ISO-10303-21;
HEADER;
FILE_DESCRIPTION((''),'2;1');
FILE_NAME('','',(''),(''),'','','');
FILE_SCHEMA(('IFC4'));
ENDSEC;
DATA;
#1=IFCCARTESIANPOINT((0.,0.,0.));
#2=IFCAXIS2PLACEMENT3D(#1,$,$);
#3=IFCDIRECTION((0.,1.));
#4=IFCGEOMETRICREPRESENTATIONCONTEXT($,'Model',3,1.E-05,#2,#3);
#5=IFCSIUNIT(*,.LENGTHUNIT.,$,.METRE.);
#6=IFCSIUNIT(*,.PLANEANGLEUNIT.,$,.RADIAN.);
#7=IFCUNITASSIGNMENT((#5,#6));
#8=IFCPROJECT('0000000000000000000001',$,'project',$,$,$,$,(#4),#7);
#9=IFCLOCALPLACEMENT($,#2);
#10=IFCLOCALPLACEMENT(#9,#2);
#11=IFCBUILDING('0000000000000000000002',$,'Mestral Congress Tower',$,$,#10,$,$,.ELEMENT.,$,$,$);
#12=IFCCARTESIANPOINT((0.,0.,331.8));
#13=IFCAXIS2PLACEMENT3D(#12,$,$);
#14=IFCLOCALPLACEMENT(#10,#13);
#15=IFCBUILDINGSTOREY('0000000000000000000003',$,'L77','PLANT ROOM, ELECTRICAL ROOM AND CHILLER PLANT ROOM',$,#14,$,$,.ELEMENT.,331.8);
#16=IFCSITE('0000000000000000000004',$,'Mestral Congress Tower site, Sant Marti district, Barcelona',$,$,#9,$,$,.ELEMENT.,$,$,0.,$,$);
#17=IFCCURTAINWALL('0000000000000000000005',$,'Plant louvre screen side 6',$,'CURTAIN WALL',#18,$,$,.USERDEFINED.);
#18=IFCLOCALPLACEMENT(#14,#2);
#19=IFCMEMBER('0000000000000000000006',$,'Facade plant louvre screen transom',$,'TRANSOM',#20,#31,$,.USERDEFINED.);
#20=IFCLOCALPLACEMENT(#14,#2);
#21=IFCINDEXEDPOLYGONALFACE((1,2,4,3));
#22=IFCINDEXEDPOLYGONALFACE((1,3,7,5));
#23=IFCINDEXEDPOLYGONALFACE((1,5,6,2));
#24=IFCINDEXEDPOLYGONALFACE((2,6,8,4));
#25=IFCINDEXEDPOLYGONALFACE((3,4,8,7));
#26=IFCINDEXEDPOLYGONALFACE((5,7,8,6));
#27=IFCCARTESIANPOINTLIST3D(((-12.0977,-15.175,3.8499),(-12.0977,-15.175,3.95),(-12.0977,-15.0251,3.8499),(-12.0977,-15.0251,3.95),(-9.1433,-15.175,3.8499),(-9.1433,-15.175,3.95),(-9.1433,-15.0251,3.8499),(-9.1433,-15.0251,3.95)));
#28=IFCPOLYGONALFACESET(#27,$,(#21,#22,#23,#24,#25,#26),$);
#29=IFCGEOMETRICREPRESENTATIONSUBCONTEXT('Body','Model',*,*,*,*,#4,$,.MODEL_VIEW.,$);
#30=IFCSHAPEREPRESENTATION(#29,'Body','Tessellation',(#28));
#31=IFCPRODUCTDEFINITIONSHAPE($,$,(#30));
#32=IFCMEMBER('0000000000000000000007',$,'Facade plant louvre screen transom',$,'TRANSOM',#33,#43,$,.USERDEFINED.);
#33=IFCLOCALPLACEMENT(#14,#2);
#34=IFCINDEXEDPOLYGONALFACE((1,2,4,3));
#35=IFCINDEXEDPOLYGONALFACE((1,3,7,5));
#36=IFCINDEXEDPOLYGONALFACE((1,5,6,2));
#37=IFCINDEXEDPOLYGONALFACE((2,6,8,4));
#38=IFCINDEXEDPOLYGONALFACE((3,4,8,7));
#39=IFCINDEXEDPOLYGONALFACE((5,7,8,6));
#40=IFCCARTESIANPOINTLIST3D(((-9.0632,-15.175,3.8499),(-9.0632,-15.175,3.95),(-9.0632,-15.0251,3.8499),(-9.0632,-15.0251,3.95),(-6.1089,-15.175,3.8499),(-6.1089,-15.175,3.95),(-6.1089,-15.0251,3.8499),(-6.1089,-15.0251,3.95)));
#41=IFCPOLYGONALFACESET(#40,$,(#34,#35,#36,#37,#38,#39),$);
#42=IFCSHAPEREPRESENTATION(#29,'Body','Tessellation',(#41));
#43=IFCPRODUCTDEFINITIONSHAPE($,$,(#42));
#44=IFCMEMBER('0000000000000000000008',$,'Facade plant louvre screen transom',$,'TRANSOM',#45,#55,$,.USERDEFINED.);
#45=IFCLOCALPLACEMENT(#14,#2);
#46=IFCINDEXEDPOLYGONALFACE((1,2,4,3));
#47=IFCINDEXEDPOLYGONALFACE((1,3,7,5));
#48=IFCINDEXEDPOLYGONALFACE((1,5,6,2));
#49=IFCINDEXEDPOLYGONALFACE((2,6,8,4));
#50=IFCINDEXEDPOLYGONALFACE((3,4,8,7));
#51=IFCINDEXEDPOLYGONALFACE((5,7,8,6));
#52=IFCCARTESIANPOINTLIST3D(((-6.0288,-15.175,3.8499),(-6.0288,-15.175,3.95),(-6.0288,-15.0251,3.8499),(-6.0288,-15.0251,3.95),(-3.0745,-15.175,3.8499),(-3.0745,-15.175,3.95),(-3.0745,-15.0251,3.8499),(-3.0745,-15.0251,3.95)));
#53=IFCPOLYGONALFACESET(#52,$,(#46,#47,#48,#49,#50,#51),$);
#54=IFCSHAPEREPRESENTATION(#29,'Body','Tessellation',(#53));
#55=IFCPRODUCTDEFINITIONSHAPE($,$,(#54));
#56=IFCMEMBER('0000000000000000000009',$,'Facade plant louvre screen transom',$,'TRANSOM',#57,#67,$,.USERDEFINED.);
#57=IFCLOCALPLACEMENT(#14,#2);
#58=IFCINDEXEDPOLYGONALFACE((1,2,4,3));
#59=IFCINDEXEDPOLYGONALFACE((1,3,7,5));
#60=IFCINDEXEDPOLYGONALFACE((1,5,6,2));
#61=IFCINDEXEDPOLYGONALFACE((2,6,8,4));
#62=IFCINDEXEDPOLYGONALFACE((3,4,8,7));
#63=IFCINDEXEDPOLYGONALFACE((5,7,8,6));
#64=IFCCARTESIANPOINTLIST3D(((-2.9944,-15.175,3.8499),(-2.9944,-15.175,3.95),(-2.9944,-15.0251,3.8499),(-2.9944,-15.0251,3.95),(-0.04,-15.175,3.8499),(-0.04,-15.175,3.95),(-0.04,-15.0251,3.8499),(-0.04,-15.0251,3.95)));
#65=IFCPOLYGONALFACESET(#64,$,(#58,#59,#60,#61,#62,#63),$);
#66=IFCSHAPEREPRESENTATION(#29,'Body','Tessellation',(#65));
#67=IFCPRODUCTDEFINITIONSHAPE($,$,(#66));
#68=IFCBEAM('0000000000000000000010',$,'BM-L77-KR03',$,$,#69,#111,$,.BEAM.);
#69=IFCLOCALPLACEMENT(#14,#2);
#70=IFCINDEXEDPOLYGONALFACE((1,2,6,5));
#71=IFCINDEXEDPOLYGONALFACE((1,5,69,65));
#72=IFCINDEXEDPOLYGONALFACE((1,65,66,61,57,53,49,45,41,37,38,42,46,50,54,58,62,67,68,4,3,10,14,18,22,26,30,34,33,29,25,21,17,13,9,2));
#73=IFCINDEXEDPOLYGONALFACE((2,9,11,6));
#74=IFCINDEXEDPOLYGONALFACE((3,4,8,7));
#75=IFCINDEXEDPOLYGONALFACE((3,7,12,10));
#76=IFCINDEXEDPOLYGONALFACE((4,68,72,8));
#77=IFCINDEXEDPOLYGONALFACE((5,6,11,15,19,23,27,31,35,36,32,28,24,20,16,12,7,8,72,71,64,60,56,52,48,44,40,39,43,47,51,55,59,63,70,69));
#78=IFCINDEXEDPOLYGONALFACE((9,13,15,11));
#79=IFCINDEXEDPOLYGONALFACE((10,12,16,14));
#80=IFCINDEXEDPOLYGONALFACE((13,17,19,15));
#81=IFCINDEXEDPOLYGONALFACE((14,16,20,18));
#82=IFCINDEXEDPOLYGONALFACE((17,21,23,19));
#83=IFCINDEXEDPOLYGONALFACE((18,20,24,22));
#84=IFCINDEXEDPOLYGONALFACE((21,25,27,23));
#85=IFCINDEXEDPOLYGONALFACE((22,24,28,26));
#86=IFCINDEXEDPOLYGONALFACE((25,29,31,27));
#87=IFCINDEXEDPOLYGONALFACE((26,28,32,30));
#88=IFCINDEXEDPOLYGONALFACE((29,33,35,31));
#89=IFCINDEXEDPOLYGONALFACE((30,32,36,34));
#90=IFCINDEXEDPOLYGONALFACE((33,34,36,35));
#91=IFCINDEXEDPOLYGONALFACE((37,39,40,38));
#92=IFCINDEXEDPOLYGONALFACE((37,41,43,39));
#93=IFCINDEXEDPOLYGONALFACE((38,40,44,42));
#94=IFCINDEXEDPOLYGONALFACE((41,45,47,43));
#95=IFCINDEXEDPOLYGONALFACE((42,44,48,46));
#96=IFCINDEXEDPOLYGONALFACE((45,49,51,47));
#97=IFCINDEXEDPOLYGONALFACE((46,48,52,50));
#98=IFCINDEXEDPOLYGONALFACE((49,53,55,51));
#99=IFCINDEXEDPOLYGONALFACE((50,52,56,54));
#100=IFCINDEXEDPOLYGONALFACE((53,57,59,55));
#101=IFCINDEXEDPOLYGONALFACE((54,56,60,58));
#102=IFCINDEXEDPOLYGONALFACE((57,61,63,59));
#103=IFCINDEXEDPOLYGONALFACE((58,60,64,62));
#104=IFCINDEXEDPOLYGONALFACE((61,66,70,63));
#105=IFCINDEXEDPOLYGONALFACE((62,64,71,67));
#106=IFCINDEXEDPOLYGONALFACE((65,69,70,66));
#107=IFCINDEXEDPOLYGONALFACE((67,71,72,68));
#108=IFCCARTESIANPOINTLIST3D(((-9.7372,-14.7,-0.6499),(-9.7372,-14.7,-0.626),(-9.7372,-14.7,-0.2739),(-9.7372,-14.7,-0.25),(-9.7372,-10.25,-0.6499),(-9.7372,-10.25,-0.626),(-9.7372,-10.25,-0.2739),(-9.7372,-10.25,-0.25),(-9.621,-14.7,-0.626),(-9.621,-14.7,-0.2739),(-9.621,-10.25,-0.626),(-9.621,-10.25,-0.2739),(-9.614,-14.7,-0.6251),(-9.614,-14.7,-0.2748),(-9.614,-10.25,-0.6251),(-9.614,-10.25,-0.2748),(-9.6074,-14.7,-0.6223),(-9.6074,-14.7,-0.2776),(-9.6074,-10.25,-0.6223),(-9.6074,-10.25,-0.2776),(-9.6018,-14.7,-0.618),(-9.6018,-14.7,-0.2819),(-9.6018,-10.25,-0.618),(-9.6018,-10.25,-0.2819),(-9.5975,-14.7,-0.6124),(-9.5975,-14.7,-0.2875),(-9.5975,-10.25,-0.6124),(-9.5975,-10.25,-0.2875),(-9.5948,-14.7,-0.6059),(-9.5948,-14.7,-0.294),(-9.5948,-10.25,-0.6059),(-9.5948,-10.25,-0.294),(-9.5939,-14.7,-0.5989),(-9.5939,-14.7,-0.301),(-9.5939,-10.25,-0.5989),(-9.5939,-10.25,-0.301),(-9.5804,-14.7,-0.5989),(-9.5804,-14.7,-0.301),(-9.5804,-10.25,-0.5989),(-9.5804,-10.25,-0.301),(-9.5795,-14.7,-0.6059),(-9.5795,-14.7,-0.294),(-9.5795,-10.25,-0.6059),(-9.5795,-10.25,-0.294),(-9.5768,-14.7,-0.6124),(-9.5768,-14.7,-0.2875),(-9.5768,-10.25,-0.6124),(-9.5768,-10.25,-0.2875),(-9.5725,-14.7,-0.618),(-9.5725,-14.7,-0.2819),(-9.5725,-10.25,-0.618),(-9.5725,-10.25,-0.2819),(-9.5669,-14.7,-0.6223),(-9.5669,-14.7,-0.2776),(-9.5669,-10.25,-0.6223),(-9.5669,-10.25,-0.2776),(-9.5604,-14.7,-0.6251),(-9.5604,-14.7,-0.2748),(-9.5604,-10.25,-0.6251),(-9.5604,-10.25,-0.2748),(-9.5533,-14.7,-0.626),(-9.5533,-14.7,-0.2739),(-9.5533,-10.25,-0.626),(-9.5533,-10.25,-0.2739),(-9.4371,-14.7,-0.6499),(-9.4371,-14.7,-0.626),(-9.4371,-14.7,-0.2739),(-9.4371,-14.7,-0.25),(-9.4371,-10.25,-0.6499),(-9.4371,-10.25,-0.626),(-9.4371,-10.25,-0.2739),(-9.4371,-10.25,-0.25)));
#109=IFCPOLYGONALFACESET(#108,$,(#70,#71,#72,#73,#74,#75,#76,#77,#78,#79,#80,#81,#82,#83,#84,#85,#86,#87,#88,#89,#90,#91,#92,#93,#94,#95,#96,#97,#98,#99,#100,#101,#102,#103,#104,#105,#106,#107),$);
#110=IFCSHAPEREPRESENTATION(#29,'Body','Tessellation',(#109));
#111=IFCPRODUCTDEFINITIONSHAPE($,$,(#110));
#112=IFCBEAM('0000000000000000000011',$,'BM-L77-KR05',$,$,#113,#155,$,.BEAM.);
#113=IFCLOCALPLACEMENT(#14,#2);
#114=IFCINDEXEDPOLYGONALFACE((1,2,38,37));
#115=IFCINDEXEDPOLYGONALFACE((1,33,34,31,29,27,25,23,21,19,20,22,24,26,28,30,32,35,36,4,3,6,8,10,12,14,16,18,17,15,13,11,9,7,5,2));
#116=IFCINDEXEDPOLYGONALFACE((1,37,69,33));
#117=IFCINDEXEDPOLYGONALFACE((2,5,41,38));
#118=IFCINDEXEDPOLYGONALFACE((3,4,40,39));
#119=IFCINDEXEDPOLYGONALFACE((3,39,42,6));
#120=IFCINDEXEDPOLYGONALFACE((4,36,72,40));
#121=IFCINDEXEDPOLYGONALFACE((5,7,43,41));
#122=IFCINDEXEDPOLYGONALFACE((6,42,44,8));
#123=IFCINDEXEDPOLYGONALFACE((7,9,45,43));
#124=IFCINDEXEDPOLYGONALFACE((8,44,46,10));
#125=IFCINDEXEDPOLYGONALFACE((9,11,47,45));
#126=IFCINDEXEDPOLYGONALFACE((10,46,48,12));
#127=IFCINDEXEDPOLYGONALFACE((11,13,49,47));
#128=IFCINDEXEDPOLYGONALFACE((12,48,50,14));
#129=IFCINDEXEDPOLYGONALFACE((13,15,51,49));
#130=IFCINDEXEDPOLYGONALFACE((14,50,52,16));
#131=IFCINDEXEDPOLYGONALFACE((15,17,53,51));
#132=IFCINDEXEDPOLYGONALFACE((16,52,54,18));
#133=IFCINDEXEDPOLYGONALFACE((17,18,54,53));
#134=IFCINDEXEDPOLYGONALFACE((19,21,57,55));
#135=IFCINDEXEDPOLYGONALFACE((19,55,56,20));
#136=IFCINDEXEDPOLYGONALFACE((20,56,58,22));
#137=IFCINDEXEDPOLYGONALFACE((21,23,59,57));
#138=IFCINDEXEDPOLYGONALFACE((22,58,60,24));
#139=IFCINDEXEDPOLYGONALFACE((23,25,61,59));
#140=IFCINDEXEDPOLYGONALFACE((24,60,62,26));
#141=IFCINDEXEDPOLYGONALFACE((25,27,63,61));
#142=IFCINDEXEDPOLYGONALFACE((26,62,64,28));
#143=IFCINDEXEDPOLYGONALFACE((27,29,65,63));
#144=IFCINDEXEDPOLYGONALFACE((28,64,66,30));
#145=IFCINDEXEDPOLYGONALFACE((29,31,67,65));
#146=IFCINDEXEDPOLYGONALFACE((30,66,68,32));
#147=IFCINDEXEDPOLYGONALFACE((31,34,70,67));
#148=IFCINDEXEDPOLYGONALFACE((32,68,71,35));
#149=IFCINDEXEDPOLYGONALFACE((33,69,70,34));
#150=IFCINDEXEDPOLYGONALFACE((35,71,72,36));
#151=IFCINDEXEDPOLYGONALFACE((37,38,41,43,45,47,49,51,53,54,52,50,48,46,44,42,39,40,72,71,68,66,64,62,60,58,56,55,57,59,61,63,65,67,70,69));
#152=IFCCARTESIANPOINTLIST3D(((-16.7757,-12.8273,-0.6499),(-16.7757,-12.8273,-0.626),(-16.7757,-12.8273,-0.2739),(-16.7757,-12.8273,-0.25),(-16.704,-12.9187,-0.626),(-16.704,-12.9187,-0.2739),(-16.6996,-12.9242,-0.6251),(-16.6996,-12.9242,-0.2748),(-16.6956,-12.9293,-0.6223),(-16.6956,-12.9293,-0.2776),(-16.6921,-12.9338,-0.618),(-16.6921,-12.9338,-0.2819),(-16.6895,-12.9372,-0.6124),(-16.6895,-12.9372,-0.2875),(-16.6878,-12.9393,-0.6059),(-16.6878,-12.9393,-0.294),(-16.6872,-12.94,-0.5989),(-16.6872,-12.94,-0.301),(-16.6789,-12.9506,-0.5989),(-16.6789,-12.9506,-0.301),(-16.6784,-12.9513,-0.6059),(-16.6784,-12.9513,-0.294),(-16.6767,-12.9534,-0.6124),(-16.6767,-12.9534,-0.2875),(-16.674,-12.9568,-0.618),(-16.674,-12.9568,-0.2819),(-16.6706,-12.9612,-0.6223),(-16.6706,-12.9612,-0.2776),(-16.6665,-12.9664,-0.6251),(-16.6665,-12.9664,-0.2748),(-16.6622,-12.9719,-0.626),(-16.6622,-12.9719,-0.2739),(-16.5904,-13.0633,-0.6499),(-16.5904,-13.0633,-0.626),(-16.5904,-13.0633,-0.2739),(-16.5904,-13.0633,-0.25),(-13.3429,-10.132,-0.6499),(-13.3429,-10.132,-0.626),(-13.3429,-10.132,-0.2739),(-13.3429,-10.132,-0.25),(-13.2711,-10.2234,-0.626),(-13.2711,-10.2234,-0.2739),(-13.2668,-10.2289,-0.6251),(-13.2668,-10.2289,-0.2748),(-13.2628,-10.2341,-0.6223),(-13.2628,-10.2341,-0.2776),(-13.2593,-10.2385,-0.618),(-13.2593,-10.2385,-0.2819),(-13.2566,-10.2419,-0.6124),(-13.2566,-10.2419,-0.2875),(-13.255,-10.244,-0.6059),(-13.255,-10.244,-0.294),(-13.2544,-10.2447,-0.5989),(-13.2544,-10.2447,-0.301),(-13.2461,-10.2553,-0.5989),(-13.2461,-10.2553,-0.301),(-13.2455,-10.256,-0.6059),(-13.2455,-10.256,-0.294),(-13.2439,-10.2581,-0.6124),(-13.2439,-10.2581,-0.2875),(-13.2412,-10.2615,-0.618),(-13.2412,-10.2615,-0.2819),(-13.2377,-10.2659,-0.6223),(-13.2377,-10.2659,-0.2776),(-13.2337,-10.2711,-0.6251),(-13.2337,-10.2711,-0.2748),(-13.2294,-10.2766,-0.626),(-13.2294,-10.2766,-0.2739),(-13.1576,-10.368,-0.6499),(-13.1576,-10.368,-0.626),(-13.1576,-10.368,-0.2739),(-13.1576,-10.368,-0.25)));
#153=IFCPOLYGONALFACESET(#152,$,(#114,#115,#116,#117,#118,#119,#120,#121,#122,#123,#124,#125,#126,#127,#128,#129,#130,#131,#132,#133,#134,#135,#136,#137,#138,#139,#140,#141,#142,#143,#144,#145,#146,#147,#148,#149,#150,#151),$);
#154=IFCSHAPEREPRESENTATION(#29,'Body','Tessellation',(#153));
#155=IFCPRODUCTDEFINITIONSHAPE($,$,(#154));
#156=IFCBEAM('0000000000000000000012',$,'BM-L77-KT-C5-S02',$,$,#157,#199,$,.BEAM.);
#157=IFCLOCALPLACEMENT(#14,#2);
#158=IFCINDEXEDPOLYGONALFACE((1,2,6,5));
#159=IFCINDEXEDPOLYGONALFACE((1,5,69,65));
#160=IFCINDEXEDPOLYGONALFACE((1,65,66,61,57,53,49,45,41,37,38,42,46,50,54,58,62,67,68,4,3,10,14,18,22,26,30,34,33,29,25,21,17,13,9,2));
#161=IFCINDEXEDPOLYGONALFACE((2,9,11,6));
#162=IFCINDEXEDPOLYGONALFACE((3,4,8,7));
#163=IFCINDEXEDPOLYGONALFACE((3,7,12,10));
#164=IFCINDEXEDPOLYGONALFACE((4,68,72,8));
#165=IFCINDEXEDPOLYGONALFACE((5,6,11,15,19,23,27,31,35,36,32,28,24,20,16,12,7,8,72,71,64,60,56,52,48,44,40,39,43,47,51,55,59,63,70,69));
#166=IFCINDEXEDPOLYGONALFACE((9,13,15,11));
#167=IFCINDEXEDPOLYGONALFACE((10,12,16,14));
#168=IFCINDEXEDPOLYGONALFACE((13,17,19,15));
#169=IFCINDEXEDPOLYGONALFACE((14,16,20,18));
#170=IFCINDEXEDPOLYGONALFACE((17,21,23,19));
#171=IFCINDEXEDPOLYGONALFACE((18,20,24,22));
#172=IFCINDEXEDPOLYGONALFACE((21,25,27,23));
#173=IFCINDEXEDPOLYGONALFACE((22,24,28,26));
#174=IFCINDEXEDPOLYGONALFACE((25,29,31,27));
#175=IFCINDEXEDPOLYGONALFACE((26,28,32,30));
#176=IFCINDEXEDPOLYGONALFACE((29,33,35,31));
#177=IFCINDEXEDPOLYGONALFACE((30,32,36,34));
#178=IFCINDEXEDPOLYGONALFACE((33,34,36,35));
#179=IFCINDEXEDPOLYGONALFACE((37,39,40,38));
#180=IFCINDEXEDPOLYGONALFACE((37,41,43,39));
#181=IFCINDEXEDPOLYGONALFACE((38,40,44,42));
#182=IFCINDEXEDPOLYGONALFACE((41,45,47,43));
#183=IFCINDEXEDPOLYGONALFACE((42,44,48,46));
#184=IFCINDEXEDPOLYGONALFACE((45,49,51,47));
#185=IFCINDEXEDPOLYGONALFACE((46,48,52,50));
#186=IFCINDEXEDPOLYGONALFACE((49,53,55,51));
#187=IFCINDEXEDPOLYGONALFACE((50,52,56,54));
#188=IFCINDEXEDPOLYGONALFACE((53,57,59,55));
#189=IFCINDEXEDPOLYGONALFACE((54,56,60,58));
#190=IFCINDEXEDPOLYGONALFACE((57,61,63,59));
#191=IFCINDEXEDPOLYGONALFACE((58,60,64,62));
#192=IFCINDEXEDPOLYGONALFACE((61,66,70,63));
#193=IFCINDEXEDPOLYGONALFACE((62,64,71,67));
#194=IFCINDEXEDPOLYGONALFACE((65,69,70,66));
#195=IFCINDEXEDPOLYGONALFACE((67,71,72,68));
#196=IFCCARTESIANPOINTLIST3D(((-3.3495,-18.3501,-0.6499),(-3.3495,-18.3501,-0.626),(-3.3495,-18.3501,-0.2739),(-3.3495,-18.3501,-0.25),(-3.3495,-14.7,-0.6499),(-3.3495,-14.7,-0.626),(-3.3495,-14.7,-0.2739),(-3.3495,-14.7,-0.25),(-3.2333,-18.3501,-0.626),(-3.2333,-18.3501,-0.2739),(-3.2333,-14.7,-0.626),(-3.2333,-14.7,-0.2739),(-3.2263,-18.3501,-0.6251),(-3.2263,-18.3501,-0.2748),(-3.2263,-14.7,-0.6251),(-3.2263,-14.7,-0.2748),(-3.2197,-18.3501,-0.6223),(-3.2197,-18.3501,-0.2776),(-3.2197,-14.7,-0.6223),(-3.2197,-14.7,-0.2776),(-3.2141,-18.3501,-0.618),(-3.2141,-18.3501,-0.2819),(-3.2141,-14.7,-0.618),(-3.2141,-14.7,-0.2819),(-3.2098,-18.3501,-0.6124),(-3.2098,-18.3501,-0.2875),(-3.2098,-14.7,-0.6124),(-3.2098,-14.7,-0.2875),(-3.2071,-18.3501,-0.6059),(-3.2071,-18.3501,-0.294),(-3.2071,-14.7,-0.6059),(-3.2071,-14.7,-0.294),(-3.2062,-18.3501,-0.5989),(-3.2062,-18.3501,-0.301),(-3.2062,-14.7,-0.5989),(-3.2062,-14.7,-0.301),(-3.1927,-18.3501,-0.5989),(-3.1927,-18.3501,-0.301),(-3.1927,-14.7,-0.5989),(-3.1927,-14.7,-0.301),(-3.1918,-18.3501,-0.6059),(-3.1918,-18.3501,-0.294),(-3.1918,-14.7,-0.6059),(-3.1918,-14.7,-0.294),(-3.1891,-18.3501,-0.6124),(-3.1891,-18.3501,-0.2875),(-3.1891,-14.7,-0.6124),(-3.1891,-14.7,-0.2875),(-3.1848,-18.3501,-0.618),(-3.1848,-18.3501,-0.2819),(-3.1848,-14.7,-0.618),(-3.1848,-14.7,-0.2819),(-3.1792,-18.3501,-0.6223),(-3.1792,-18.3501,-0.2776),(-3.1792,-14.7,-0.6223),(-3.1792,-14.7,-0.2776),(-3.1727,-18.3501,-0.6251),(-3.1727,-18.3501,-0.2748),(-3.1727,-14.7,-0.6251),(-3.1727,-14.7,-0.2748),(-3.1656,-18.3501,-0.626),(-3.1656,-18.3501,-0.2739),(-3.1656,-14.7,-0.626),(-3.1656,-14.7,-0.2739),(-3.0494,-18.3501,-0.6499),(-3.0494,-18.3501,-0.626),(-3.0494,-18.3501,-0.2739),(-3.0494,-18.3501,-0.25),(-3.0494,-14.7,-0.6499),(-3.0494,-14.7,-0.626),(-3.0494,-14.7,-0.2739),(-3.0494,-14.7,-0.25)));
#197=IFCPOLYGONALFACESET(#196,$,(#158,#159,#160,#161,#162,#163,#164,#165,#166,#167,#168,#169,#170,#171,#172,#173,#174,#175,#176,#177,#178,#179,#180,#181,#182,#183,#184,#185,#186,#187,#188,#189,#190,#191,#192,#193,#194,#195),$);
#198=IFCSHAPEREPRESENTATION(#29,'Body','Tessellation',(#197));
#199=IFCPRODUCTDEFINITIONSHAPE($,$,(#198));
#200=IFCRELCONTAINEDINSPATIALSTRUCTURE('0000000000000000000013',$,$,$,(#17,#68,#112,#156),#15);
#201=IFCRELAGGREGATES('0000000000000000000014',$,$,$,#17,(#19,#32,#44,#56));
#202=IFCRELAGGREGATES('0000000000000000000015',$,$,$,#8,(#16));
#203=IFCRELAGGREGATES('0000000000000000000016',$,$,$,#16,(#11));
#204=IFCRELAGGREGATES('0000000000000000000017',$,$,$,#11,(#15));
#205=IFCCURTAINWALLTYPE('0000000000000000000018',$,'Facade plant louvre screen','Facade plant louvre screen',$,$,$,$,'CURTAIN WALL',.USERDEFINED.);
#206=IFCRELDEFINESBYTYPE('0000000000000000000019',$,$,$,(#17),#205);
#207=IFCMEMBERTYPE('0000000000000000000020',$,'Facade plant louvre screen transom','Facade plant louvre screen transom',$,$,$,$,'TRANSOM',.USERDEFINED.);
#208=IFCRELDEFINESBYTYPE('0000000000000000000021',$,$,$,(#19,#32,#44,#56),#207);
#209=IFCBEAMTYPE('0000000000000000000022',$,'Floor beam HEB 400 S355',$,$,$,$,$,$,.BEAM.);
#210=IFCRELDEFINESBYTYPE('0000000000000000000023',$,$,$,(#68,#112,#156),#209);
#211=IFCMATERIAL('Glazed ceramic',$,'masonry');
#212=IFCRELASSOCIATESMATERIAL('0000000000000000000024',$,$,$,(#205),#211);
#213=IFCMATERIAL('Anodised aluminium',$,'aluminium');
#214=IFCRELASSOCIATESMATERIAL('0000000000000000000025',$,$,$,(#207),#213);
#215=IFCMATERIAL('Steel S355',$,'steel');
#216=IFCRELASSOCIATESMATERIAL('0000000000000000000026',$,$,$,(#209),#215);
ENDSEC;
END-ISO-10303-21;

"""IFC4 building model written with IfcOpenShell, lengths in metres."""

from ifc_helpers import new_model, si_unit, direction, frame, origin, origin_2d, place, context, subcontext, project, spatial, rectangle, i_section, extrude, material, material_profile, profile_set, type_object, element, aggregate, save


model = new_model("IFC4")

# Units and contexts
model_context = context("Model", 3, precision=1e-05, world=origin(), true_north=direction((0.0, 1.0)))
body_context = subcontext(model_context, "Body", "Model", "MODEL_VIEW")
ifc_project = project(units=[si_unit("LENGTHUNIT", "METRE"), si_unit("PLANEANGLEUNIT", "RADIAN")], contexts=[model_context])

# Site, building, storey
site_placement = place(None, origin())
site = spatial("IfcSite", under=ifc_project, at=site_placement, Name="Mestral Congress Tower site, Sant Marti district, Barcelona", CompositionType="ELEMENT", RefElevation=0.0)
building_placement = place(site_placement, origin())
building = spatial("IfcBuilding", under=site, at=building_placement, Name="Mestral Congress Tower", CompositionType="ELEMENT")
storey_placement = place(building_placement, frame((0.0, 0.0, 331.8)))
storey = spatial("IfcBuildingStorey", under=building, at=storey_placement, Name="L77", Description="PLANT ROOM, ELECTRICAL ROOM AND CHILLER PLANT ROOM", CompositionType="ELEMENT", Elevation=331.8)

# Shared definitions
ifc_material_1 = material(Name="Steel S355", Category="steel")

# Shared definitions
ifc_material_2 = material(Name="Glazed ceramic", Category="masonry")
curtain_wall_type = type_object("IfcCurtainWallType", Name="Facade plant louvre screen", Description="Facade plant louvre screen", ElementType="CURTAIN WALL", PredefinedType="USERDEFINED", material=ifc_material_2)
placement = place(storey_placement, origin())
ifc_material_3 = material(Name="Anodised aluminium", Category="aluminium")

# Curtain wall, members
curtain_wall_1 = element("IfcCurtainWall", 1, at=placement, inside=storey, type_object=curtain_wall_type, Name="Plant louvre screen side 6", ObjectType="CURTAIN WALL", PredefinedType="USERDEFINED")
ifc_material_profile_1 = material_profile(ifc_material_3, rectangle(XDim=0.1499, YDim=0.1001, at=origin_2d()), Name="CW6 transom 150 x 100")
ifc_profile_set_1 = profile_set([ifc_material_profile_1], Name="Anodised aluminium")
member_type_1 = type_object("IfcMemberType", Name="Facade plant louvre screen transom", Description="Facade plant louvre screen transom", ElementType="TRANSOM", PredefinedType="USERDEFINED", material=ifc_profile_set_1)
member_1_placement = place(storey_placement, frame((-12.0977, -15.1001, 3.8999), z_axis=(1.0, 0.0, 0.0), x_axis=(0.0, 1.0, 0.0)))
member_1 = element("IfcMember", 2, at=member_1_placement, type_object=member_type_1, Name="Facade plant louvre screen transom", ObjectType="TRANSOM", PredefinedType="USERDEFINED", context=body_context, shape_type="SweptSolid", body=[
    extrude(rectangle(XDim=0.1499, YDim=0.1001, at=origin_2d()), origin(), (0.0, 0.0, 1.0), 2.9543),
])
member_2_placement = place(storey_placement, frame((-9.0632, -15.1001, 3.8999), z_axis=(1.0, 0.0, 0.0), x_axis=(0.0, 1.0, 0.0)))
member_2 = element("IfcMember", 3, at=member_2_placement, type_object=member_type_1, Name="Facade plant louvre screen transom", ObjectType="TRANSOM", PredefinedType="USERDEFINED", context=body_context, shape_type="SweptSolid", body=[
    extrude(rectangle(XDim=0.1499, YDim=0.1001, at=origin_2d()), origin(), (0.0, 0.0, 1.0), 2.9543),
])
member_3_placement = place(storey_placement, frame((-6.0288, -15.1001, 3.8999), z_axis=(1.0, 0.0, 0.0), x_axis=(0.0, 1.0, 0.0)))
member_3 = element("IfcMember", 4, at=member_3_placement, type_object=member_type_1, Name="Facade plant louvre screen transom", ObjectType="TRANSOM", PredefinedType="USERDEFINED", context=body_context, shape_type="SweptSolid", body=[
    extrude(rectangle(XDim=0.1499, YDim=0.1001, at=origin_2d()), origin(), (0.0, 0.0, 1.0), 2.9543),
])
member_4_placement = place(storey_placement, frame((-2.9944, -15.1001, 3.8999), z_axis=(1.0, 0.0, 0.0), x_axis=(0.0, 1.0, 0.0)))
member_4 = element("IfcMember", 5, at=member_4_placement, type_object=member_type_1, Name="Facade plant louvre screen transom", ObjectType="TRANSOM", PredefinedType="USERDEFINED", context=body_context, shape_type="SweptSolid", body=[
    extrude(rectangle(XDim=0.1499, YDim=0.1001, at=origin_2d()), origin(), (0.0, 0.0, 1.0), 2.9543),
])

# Beams
ifc_material_profile_2 = material_profile(ifc_material_1, i_section(OverallWidth=0.3, OverallDepth=0.3999, WebThickness=0.0134, FlangeThickness=0.0239, FilletRadius=0.0271, at=origin_2d()), Name="HEB 400")
ifc_profile_set_2 = profile_set([ifc_material_profile_2], Name="Steel S355")
beam_type_1 = type_object("IfcBeamType", Name="Floor beam HEB 400 S355", PredefinedType="BEAM", material=ifc_profile_set_2)
beam_1_placement = place(storey_placement, frame((-9.5872, -10.25, -0.45), z_axis=(0.0, -1.0, 0.0), x_axis=(1.0, 0.0, 0.0)))
element("IfcBeam", 6, at=beam_1_placement, inside=storey, type_object=beam_type_1, Name="BM-L77-KR03", PredefinedType="BEAM", context=body_context, shape_type="SweptSolid", body=[
    extrude(i_section(OverallWidth=0.3, OverallDepth=0.3999, WebThickness=0.0134, FlangeThickness=0.0239, FilletRadius=0.0271, at=origin_2d()), origin(), (0.0, 0.0, 1.0), 4.45),
])
beam_2_placement = place(storey_placement, frame((-13.2502, -10.25, -0.45), z_axis=(-0.786534, -0.617547, 0.0), x_axis=(0.617547, -0.786534, 0.0)))
element("IfcBeam", 7, at=beam_2_placement, inside=storey, type_object=beam_type_1, Name="BM-L77-KR05", PredefinedType="BEAM", context=body_context, shape_type="SweptSolid", body=[
    extrude(i_section(OverallWidth=0.3, OverallDepth=0.3999, WebThickness=0.0134, FlangeThickness=0.0239, FilletRadius=0.0271, at=origin_2d()), origin(), (0.0, 0.0, 1.0), 4.3645),
])
beam_3_placement = place(storey_placement, frame((-3.1995, -18.3501, -0.45), z_axis=(0.0, 1.0, 0.0), x_axis=(-1.0, 0.0, 0.0)))
element("IfcBeam", 8, at=beam_3_placement, inside=storey, type_object=beam_type_1, Name="BM-L77-KT-C5-S02", PredefinedType="BEAM", context=body_context, shape_type="SweptSolid", body=[
    extrude(i_section(OverallWidth=0.3, OverallDepth=0.3999, WebThickness=0.0134, FlangeThickness=0.0239, FilletRadius=0.0271, at=origin_2d()), origin(), (0.0, 0.0, 1.0), 3.6501),
])

aggregate(curtain_wall_1, [member_1, member_2, member_3, member_4])

save(model, "model.ifc")
